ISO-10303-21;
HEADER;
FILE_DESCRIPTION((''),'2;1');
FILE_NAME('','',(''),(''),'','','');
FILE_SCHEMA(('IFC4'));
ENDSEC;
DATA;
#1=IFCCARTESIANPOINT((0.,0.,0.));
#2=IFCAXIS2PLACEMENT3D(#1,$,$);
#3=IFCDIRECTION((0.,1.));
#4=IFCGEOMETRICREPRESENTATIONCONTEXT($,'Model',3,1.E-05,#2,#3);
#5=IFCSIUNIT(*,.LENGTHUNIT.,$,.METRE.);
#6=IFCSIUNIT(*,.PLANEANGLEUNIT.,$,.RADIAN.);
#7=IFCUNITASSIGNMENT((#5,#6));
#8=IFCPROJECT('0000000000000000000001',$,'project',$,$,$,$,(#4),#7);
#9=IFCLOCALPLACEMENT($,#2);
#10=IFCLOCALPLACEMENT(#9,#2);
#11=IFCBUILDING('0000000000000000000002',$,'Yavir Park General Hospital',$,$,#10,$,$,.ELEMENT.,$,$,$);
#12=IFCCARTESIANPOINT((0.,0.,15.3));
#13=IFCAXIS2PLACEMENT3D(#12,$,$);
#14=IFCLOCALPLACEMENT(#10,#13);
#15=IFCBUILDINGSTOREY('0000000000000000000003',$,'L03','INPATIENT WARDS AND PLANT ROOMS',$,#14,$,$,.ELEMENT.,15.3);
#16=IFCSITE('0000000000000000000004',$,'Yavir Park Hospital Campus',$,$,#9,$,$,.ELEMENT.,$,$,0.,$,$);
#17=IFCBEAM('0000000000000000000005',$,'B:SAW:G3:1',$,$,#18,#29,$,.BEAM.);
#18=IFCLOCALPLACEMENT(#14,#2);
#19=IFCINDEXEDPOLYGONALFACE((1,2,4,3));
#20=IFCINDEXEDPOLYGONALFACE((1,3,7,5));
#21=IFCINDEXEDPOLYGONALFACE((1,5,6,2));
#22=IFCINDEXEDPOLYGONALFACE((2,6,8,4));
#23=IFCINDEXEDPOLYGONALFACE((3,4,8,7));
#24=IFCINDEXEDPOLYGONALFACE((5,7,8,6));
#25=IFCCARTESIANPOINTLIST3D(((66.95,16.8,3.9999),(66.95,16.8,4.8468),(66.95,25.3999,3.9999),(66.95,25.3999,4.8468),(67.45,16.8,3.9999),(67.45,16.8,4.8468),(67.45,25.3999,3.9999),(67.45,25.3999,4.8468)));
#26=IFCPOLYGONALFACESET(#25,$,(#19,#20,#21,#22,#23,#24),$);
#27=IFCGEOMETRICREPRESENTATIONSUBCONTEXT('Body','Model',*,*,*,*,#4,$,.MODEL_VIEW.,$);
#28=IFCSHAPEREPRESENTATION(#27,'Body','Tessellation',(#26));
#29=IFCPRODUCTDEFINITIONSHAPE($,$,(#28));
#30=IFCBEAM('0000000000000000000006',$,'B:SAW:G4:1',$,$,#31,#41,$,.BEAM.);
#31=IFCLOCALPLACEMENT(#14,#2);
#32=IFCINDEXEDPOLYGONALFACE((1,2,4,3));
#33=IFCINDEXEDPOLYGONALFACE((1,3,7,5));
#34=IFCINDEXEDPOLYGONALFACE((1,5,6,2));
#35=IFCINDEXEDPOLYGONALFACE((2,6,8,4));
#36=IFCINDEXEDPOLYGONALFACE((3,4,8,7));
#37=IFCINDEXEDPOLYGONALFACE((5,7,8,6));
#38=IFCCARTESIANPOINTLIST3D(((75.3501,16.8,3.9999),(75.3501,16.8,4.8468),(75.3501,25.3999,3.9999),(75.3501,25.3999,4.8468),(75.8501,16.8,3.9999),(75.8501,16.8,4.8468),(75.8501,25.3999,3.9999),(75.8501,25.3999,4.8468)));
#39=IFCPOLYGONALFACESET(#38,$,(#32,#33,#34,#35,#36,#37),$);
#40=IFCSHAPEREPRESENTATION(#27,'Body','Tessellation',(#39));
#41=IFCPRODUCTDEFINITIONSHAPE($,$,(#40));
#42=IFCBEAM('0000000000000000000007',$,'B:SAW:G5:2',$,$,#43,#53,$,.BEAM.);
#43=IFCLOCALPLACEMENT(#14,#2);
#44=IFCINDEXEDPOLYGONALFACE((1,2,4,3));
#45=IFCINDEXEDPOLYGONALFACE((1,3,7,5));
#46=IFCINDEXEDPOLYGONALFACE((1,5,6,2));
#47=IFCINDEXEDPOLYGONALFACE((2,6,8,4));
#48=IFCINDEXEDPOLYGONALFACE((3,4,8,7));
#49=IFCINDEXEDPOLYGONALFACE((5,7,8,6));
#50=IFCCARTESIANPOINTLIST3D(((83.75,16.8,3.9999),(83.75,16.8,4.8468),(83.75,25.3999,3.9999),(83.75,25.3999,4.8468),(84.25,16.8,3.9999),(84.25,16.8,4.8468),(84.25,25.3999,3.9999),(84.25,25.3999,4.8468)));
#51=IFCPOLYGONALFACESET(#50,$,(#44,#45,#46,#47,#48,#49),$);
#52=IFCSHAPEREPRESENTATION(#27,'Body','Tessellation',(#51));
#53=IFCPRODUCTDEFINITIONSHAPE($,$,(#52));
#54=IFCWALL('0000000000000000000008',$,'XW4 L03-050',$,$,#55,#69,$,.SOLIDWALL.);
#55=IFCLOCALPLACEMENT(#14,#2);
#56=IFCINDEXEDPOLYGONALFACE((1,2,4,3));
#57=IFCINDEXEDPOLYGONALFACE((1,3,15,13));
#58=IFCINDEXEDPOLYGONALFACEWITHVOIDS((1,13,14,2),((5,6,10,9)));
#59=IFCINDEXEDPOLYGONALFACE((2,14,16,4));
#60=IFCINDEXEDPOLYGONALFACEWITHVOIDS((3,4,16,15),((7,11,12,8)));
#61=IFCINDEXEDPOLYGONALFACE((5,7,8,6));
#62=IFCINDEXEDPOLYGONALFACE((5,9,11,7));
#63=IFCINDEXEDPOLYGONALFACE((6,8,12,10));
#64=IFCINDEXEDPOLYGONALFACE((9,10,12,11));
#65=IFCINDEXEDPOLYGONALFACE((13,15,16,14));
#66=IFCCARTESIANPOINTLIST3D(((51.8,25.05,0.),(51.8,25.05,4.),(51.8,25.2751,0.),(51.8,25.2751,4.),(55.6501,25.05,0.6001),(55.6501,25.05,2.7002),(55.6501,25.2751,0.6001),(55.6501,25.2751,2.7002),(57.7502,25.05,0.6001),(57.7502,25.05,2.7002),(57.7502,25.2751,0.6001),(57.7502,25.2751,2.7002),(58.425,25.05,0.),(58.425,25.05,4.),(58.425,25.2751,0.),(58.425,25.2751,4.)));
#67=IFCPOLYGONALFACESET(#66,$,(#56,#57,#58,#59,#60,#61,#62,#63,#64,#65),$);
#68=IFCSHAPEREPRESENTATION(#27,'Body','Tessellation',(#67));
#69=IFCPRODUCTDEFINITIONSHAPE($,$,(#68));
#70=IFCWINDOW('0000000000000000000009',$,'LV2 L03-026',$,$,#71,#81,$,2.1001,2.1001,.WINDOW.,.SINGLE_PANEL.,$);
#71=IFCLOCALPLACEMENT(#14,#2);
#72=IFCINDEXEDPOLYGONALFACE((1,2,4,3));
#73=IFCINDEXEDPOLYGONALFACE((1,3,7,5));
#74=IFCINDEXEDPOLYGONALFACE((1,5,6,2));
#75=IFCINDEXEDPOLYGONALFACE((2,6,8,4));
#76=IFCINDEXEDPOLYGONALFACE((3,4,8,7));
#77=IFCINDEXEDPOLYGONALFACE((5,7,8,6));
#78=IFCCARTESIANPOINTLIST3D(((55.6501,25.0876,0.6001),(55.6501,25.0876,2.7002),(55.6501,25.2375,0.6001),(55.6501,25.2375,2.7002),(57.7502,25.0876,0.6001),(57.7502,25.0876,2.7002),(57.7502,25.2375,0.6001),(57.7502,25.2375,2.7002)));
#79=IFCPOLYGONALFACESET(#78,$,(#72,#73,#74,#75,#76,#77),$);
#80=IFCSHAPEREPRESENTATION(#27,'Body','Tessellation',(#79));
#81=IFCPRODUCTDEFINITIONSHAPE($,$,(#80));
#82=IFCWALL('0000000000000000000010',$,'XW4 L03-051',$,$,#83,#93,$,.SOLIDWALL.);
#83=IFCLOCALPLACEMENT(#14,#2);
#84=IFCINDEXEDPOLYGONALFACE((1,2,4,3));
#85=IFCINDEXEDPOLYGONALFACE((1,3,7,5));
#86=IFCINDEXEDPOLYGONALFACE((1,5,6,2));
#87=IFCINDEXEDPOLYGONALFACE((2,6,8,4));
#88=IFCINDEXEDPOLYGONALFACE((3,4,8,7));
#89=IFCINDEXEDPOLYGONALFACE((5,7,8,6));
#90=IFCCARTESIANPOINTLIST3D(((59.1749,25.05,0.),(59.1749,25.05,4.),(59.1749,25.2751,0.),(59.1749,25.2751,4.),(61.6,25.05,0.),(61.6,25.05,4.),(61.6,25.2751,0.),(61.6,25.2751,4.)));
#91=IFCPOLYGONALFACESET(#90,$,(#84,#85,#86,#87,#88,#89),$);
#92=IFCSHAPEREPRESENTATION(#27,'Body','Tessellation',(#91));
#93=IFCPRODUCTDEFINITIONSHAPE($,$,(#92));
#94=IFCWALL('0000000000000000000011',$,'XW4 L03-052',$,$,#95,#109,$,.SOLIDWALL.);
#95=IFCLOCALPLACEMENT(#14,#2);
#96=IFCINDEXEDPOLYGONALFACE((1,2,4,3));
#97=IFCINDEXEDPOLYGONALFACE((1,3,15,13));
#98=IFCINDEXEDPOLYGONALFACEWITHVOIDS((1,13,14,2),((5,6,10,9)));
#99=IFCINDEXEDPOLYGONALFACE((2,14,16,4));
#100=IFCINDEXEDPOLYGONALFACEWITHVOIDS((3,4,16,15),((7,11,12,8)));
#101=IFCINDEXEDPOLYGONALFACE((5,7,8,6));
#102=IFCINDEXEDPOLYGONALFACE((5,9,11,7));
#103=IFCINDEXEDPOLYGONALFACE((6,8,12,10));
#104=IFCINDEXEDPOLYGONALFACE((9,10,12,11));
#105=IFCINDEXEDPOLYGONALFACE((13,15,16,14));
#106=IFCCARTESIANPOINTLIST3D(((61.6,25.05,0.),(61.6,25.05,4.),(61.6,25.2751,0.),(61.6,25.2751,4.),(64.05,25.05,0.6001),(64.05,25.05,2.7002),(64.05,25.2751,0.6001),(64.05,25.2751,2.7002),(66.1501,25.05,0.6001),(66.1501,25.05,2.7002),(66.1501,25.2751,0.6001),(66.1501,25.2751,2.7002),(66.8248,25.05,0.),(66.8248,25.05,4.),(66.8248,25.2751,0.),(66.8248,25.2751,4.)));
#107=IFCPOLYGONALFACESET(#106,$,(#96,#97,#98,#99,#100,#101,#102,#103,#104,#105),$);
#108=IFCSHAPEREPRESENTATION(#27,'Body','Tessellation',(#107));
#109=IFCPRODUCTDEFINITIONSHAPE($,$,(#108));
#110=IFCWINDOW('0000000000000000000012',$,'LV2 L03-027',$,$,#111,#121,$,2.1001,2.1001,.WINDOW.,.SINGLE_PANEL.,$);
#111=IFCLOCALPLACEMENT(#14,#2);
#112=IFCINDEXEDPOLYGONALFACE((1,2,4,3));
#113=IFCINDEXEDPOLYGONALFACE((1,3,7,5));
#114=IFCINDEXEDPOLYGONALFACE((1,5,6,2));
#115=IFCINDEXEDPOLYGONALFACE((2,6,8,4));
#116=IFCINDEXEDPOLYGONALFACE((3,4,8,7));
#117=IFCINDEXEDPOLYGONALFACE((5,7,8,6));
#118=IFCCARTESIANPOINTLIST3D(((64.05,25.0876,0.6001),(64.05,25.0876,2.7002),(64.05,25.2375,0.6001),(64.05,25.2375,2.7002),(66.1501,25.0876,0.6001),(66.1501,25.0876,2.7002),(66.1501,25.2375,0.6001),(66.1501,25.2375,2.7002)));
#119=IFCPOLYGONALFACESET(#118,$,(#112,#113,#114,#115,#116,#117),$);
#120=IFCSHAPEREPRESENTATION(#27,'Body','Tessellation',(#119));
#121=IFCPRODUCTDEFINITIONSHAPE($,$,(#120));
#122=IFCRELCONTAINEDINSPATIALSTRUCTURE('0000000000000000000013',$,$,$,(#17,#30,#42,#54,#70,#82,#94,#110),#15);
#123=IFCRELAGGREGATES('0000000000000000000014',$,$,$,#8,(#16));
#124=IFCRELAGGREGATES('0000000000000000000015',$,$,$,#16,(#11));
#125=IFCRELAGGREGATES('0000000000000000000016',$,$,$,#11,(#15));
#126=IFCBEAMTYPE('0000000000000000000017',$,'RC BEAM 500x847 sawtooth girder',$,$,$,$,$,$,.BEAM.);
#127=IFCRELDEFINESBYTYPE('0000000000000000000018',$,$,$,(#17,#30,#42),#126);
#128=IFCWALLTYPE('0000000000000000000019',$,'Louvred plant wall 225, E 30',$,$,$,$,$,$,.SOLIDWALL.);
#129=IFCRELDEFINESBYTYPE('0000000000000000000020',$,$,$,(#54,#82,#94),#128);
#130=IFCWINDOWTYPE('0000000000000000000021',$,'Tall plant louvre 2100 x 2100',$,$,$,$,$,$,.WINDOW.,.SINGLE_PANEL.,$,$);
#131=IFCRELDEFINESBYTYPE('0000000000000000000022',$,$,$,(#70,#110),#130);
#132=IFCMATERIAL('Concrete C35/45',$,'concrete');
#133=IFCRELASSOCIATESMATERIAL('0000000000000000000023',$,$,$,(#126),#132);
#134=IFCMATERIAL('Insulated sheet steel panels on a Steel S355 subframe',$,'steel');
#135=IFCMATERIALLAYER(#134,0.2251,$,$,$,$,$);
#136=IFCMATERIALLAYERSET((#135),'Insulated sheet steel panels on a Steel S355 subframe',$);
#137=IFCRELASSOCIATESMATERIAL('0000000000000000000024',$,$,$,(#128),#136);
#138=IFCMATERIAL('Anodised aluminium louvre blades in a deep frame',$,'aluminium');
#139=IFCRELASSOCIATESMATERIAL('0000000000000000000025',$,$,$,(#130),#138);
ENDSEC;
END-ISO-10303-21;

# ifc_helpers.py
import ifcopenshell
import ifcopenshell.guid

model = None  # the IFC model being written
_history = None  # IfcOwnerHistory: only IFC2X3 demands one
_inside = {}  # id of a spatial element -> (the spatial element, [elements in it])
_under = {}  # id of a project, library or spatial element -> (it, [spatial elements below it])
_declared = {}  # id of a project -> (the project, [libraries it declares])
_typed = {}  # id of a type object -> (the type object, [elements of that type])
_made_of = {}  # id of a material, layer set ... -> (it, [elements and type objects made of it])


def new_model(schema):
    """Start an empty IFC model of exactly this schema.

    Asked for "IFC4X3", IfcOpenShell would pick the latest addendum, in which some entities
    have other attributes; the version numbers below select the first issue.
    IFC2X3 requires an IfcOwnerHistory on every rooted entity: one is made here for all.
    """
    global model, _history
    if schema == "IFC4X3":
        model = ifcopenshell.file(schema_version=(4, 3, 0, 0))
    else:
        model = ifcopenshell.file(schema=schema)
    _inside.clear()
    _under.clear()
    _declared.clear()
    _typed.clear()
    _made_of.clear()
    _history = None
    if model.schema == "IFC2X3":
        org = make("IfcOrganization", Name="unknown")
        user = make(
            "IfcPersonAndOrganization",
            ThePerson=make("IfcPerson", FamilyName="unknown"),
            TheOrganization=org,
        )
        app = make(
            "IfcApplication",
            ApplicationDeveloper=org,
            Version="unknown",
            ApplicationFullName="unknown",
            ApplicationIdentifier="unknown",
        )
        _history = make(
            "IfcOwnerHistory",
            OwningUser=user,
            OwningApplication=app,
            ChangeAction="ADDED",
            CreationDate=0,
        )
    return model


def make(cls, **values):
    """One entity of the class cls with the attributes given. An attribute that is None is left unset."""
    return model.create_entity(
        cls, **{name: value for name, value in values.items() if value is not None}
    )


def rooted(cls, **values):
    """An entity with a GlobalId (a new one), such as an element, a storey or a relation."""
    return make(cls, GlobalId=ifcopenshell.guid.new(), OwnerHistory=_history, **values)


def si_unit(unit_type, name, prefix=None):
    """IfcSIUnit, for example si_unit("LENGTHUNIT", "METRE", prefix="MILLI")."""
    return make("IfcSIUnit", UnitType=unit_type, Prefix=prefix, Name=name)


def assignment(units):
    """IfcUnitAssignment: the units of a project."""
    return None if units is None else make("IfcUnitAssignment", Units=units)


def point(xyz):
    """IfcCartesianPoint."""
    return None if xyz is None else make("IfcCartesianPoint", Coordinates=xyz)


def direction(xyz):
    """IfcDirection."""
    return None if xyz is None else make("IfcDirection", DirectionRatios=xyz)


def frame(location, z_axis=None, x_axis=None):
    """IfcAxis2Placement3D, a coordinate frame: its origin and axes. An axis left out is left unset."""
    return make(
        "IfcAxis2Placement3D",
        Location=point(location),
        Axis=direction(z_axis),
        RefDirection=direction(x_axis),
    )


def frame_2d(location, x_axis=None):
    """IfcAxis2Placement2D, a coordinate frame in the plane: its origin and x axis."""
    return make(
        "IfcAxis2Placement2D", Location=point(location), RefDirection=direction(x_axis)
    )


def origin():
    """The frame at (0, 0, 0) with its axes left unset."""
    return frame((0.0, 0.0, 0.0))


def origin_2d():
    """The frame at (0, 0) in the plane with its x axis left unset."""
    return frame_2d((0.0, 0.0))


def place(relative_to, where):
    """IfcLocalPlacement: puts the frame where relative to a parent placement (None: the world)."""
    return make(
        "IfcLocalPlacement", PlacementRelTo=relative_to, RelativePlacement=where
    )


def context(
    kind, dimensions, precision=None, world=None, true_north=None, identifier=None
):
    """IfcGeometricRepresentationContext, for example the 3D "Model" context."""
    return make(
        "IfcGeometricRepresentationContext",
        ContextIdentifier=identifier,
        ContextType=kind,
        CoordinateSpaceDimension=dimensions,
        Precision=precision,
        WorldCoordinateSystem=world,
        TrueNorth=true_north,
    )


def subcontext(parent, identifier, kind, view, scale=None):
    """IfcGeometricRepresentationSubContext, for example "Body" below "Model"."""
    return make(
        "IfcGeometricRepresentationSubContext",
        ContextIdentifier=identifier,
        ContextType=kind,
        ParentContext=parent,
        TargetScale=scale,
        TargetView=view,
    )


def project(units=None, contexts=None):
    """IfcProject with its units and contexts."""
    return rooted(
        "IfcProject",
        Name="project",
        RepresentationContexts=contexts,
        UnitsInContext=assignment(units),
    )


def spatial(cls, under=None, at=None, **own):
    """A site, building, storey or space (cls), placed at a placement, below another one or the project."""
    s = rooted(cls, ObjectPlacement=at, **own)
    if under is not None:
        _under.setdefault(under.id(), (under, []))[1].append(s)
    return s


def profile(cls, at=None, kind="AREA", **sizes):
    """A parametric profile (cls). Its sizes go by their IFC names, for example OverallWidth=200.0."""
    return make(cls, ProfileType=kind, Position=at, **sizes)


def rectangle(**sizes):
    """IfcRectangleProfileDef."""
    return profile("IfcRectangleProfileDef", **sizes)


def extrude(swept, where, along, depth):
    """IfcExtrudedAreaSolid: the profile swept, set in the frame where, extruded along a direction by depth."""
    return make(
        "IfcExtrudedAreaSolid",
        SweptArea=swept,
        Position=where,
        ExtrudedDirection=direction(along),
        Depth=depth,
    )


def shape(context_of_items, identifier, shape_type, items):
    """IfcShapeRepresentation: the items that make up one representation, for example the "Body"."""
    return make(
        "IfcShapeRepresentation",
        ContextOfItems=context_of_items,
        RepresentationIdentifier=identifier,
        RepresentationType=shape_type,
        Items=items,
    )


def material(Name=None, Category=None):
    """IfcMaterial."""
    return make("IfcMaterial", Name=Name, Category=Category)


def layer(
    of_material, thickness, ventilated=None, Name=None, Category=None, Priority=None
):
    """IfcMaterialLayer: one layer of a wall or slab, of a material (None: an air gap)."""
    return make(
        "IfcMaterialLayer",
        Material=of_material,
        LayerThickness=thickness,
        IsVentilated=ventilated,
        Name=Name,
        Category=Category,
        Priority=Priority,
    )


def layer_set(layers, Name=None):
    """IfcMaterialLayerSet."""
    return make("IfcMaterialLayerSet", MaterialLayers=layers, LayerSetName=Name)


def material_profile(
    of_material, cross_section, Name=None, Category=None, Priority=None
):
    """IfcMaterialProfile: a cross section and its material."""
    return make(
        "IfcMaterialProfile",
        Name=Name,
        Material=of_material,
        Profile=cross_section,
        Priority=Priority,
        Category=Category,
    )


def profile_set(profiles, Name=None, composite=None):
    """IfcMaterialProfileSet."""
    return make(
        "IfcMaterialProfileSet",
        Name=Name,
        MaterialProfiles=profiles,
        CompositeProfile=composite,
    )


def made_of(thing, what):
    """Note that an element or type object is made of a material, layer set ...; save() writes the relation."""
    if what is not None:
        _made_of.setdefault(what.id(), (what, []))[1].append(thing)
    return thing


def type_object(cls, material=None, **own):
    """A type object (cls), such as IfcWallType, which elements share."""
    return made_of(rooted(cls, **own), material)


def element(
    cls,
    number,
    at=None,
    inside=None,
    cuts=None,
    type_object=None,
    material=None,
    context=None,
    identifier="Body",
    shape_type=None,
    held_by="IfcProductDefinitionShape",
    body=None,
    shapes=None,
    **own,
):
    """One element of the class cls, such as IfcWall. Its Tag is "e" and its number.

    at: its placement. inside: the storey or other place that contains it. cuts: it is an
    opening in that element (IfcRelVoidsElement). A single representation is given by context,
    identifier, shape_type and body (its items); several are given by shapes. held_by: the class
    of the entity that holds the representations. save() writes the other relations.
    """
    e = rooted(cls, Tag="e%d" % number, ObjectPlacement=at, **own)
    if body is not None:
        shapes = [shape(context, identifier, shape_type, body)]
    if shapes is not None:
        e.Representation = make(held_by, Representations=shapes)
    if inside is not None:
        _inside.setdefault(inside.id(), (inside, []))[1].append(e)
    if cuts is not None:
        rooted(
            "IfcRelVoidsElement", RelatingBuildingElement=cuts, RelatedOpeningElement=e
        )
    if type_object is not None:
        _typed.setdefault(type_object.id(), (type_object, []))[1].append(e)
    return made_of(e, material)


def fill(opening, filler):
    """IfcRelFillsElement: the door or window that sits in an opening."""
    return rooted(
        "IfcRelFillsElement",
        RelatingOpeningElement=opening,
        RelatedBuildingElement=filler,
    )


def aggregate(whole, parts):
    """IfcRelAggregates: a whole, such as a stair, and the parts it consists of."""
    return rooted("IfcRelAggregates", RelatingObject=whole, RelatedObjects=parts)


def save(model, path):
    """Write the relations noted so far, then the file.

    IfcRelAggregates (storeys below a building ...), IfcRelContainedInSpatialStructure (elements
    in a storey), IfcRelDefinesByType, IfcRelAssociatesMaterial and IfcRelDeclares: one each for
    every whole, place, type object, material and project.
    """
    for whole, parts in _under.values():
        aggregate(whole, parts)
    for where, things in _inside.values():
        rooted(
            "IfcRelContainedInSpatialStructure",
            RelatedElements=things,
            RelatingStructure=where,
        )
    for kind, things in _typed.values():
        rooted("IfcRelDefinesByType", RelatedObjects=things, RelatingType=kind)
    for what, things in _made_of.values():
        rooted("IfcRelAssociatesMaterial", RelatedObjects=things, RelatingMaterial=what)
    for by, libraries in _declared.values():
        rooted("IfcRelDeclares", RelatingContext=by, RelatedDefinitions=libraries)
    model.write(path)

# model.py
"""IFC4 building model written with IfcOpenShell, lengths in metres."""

from ifc_helpers import new_model, si_unit, direction, frame, frame_2d, origin, origin_2d, place, context, subcontext, project, spatial, rectangle, extrude, material, layer, layer_set, material_profile, profile_set, type_object, element, fill, save


model = new_model("IFC4")

# Units and contexts
model_context = context("Model", 3, precision=1e-05, world=origin(), true_north=direction((0.0, 1.0)))
body_context = subcontext(model_context, "Body", "Model", "MODEL_VIEW")
ifc_project = project(units=[si_unit("LENGTHUNIT", "METRE"), si_unit("PLANEANGLEUNIT", "RADIAN")], contexts=[model_context])

# Site, building, storey
site_placement = place(None, origin())
site = spatial("IfcSite", under=ifc_project, at=site_placement, Name="Yavir Park Hospital Campus", CompositionType="ELEMENT", RefElevation=0.0)
building_placement = place(site_placement, origin())
building = spatial("IfcBuilding", under=site, at=building_placement, Name="Yavir Park General Hospital", CompositionType="ELEMENT")
storey_placement = place(building_placement, frame((0.0, 0.0, 15.3)))
storey = spatial("IfcBuildingStorey", under=building, at=storey_placement, Name="L03", Description="INPATIENT WARDS AND PLANT ROOMS", CompositionType="ELEMENT", Elevation=15.3)

# Beams
ifc_material_1 = material(Name="Concrete C35/45", Category="concrete")
ifc_material_profile_1 = material_profile(ifc_material_1, rectangle(XDim=0.5, YDim=0.8469, at=origin_2d()), Name="RC500x847")
ifc_profile_set_1 = profile_set([ifc_material_profile_1], Name="Concrete C35/45")
beam_type_1 = type_object("IfcBeamType", Name="RC BEAM 500x847 sawtooth girder", PredefinedType="BEAM", material=ifc_profile_set_1)
for number, where, z_axis, x_axis, name in (
    (1, (67.2, 16.8, 4.4233), (0.0, 1.0, 0.0), (-1.0, 0.0, 0.0), "B:SAW:G3:1"),
    (2, (75.6001, 16.8, 4.4233), (0.0, 1.0, 0.0), (-1.0, 0.0, 0.0), "B:SAW:G4:1"),
    (3, (84.0, 16.8, 4.4233), (0.0, 1.0, 0.0), (-1.0, 0.0, 0.0), "B:SAW:G5:2"),
):
    element("IfcBeam", number, at=place(storey_placement, frame(where, z_axis=z_axis, x_axis=x_axis)), inside=storey, type_object=beam_type_1, Name=name, PredefinedType="BEAM", context=body_context, shape_type="SweptSolid", body=[
        extrude(rectangle(XDim=0.5, YDim=0.8469, at=origin_2d()), origin(), (0.0, 0.0, 1.0), 8.5999),
    ])

# Wall, opening, window
ifc_material_2 = material(Name="Insulated sheet steel panels on a Steel S355 subframe", Category="steel")
ifc_layer = layer(ifc_material_2, 0.2251)
ifc_layer_set = layer_set([ifc_layer], Name="Insulated sheet steel panels on a Steel S355 subframe")
wall_type = type_object("IfcWallType", Name="Louvred plant wall 225, E 30", PredefinedType="SOLIDWALL", material=ifc_layer_set)
wall_1_placement = place(storey_placement, frame((51.8, 25.1626, 0.0), z_axis=(0.0, 0.0, 1.0), x_axis=(1.0, 0.0, 0.0)))
wall_1 = element("IfcWall", 4, at=wall_1_placement, inside=storey, type_object=wall_type, Name="XW4 L03-050", PredefinedType="SOLIDWALL", context=body_context, shape_type="SweptSolid", body=[
    extrude(rectangle(XDim=6.625, YDim=0.2251, at=frame_2d((3.3125, 0.0))), origin(), (0.0, 0.0, 1.0), 4.0),
])
opening_1_placement = place(wall_1_placement, frame((3.8501, 0.0, 0.6001)))
opening_1 = element("IfcOpeningElement", 5, at=opening_1_placement, cuts=wall_1, PredefinedType="OPENING", context=body_context, shape_type="SweptSolid", body=[
    extrude(rectangle(XDim=2.1001, YDim=2.1001, at=frame_2d((1.05, 1.05))), frame((0.0, 0.1226, 0.0), z_axis=(0.0, -1.0, 0.0), x_axis=(1.0, 0.0, 0.0)), (0.0, 0.0, 1.0), 0.2451),
])
ifc_material_3 = material(Name="Anodised aluminium louvre blades in a deep frame", Category="aluminium")
window_type = type_object("IfcWindowType", Name="Tall plant louvre 2100 x 2100", PartitioningType="SINGLE_PANEL", PredefinedType="WINDOW", material=ifc_material_3)
window_1_placement = place(opening_1_placement, origin())
window_1 = element("IfcWindow", 6, at=window_1_placement, inside=storey, type_object=window_type, Name="LV2 L03-026", OverallHeight=2.1001, OverallWidth=2.1001, PartitioningType="SINGLE_PANEL", PredefinedType="WINDOW", context=body_context, shape_type="SweptSolid", body=[
    extrude(rectangle(XDim=2.1001, YDim=2.1001, at=frame_2d((1.05, 1.05))), frame((0.0, 0.075, 0.0), z_axis=(0.0, -1.0, 0.0), x_axis=(1.0, 0.0, 0.0)), (0.0, 0.0, 1.0), 0.1499),
])
fill(opening_1, window_1)

# Wall
wall_2_placement = place(storey_placement, frame((59.175, 25.1626, 0.0), z_axis=(0.0, 0.0, 1.0), x_axis=(1.0, 0.0, 0.0)))
element("IfcWall", 7, at=wall_2_placement, inside=storey, type_object=wall_type, Name="XW4 L03-051", PredefinedType="SOLIDWALL", context=body_context, shape_type="SweptSolid", body=[
    extrude(rectangle(XDim=2.425, YDim=0.2251, at=frame_2d((1.2124, 0.0))), origin(), (0.0, 0.0, 1.0), 4.0),
])

# Wall, opening, window
wall_3_placement = place(storey_placement, frame((61.6001, 25.1626, 0.0), z_axis=(0.0, 0.0, 1.0), x_axis=(1.0, 0.0, 0.0)))
wall_3 = element("IfcWall", 8, at=wall_3_placement, inside=storey, type_object=wall_type, Name="XW4 L03-052", PredefinedType="SOLIDWALL", context=body_context, shape_type="SweptSolid", body=[
    extrude(rectangle(XDim=5.2249, YDim=0.2251, at=frame_2d((2.6123, 0.0))), origin(), (0.0, 0.0, 1.0), 4.0),
])
opening_2_placement = place(wall_3_placement, frame((2.45, 0.0, 0.6001)))
opening_2 = element("IfcOpeningElement", 9, at=opening_2_placement, cuts=wall_3, PredefinedType="OPENING", context=body_context, shape_type="SweptSolid", body=[
    extrude(rectangle(XDim=2.1001, YDim=2.1001, at=frame_2d((1.05, 1.05))), frame((0.0, 0.1226, 0.0), z_axis=(0.0, -1.0, 0.0), x_axis=(1.0, 0.0, 0.0)), (0.0, 0.0, 1.0), 0.2451),
])
window_2_placement = place(opening_2_placement, origin())
window_2 = element("IfcWindow", 10, at=window_2_placement, inside=storey, type_object=window_type, Name="LV2 L03-027", OverallHeight=2.1001, OverallWidth=2.1001, PartitioningType="SINGLE_PANEL", PredefinedType="WINDOW", context=body_context, shape_type="SweptSolid", body=[
    extrude(rectangle(XDim=2.1001, YDim=2.1001, at=frame_2d((1.05, 1.05))), frame((0.0, 0.075, 0.0), z_axis=(0.0, -1.0, 0.0), x_axis=(1.0, 0.0, 0.0)), (0.0, 0.0, 1.0), 0.1499),
])
fill(opening_2, window_2)

save(model, "model.ifc")
